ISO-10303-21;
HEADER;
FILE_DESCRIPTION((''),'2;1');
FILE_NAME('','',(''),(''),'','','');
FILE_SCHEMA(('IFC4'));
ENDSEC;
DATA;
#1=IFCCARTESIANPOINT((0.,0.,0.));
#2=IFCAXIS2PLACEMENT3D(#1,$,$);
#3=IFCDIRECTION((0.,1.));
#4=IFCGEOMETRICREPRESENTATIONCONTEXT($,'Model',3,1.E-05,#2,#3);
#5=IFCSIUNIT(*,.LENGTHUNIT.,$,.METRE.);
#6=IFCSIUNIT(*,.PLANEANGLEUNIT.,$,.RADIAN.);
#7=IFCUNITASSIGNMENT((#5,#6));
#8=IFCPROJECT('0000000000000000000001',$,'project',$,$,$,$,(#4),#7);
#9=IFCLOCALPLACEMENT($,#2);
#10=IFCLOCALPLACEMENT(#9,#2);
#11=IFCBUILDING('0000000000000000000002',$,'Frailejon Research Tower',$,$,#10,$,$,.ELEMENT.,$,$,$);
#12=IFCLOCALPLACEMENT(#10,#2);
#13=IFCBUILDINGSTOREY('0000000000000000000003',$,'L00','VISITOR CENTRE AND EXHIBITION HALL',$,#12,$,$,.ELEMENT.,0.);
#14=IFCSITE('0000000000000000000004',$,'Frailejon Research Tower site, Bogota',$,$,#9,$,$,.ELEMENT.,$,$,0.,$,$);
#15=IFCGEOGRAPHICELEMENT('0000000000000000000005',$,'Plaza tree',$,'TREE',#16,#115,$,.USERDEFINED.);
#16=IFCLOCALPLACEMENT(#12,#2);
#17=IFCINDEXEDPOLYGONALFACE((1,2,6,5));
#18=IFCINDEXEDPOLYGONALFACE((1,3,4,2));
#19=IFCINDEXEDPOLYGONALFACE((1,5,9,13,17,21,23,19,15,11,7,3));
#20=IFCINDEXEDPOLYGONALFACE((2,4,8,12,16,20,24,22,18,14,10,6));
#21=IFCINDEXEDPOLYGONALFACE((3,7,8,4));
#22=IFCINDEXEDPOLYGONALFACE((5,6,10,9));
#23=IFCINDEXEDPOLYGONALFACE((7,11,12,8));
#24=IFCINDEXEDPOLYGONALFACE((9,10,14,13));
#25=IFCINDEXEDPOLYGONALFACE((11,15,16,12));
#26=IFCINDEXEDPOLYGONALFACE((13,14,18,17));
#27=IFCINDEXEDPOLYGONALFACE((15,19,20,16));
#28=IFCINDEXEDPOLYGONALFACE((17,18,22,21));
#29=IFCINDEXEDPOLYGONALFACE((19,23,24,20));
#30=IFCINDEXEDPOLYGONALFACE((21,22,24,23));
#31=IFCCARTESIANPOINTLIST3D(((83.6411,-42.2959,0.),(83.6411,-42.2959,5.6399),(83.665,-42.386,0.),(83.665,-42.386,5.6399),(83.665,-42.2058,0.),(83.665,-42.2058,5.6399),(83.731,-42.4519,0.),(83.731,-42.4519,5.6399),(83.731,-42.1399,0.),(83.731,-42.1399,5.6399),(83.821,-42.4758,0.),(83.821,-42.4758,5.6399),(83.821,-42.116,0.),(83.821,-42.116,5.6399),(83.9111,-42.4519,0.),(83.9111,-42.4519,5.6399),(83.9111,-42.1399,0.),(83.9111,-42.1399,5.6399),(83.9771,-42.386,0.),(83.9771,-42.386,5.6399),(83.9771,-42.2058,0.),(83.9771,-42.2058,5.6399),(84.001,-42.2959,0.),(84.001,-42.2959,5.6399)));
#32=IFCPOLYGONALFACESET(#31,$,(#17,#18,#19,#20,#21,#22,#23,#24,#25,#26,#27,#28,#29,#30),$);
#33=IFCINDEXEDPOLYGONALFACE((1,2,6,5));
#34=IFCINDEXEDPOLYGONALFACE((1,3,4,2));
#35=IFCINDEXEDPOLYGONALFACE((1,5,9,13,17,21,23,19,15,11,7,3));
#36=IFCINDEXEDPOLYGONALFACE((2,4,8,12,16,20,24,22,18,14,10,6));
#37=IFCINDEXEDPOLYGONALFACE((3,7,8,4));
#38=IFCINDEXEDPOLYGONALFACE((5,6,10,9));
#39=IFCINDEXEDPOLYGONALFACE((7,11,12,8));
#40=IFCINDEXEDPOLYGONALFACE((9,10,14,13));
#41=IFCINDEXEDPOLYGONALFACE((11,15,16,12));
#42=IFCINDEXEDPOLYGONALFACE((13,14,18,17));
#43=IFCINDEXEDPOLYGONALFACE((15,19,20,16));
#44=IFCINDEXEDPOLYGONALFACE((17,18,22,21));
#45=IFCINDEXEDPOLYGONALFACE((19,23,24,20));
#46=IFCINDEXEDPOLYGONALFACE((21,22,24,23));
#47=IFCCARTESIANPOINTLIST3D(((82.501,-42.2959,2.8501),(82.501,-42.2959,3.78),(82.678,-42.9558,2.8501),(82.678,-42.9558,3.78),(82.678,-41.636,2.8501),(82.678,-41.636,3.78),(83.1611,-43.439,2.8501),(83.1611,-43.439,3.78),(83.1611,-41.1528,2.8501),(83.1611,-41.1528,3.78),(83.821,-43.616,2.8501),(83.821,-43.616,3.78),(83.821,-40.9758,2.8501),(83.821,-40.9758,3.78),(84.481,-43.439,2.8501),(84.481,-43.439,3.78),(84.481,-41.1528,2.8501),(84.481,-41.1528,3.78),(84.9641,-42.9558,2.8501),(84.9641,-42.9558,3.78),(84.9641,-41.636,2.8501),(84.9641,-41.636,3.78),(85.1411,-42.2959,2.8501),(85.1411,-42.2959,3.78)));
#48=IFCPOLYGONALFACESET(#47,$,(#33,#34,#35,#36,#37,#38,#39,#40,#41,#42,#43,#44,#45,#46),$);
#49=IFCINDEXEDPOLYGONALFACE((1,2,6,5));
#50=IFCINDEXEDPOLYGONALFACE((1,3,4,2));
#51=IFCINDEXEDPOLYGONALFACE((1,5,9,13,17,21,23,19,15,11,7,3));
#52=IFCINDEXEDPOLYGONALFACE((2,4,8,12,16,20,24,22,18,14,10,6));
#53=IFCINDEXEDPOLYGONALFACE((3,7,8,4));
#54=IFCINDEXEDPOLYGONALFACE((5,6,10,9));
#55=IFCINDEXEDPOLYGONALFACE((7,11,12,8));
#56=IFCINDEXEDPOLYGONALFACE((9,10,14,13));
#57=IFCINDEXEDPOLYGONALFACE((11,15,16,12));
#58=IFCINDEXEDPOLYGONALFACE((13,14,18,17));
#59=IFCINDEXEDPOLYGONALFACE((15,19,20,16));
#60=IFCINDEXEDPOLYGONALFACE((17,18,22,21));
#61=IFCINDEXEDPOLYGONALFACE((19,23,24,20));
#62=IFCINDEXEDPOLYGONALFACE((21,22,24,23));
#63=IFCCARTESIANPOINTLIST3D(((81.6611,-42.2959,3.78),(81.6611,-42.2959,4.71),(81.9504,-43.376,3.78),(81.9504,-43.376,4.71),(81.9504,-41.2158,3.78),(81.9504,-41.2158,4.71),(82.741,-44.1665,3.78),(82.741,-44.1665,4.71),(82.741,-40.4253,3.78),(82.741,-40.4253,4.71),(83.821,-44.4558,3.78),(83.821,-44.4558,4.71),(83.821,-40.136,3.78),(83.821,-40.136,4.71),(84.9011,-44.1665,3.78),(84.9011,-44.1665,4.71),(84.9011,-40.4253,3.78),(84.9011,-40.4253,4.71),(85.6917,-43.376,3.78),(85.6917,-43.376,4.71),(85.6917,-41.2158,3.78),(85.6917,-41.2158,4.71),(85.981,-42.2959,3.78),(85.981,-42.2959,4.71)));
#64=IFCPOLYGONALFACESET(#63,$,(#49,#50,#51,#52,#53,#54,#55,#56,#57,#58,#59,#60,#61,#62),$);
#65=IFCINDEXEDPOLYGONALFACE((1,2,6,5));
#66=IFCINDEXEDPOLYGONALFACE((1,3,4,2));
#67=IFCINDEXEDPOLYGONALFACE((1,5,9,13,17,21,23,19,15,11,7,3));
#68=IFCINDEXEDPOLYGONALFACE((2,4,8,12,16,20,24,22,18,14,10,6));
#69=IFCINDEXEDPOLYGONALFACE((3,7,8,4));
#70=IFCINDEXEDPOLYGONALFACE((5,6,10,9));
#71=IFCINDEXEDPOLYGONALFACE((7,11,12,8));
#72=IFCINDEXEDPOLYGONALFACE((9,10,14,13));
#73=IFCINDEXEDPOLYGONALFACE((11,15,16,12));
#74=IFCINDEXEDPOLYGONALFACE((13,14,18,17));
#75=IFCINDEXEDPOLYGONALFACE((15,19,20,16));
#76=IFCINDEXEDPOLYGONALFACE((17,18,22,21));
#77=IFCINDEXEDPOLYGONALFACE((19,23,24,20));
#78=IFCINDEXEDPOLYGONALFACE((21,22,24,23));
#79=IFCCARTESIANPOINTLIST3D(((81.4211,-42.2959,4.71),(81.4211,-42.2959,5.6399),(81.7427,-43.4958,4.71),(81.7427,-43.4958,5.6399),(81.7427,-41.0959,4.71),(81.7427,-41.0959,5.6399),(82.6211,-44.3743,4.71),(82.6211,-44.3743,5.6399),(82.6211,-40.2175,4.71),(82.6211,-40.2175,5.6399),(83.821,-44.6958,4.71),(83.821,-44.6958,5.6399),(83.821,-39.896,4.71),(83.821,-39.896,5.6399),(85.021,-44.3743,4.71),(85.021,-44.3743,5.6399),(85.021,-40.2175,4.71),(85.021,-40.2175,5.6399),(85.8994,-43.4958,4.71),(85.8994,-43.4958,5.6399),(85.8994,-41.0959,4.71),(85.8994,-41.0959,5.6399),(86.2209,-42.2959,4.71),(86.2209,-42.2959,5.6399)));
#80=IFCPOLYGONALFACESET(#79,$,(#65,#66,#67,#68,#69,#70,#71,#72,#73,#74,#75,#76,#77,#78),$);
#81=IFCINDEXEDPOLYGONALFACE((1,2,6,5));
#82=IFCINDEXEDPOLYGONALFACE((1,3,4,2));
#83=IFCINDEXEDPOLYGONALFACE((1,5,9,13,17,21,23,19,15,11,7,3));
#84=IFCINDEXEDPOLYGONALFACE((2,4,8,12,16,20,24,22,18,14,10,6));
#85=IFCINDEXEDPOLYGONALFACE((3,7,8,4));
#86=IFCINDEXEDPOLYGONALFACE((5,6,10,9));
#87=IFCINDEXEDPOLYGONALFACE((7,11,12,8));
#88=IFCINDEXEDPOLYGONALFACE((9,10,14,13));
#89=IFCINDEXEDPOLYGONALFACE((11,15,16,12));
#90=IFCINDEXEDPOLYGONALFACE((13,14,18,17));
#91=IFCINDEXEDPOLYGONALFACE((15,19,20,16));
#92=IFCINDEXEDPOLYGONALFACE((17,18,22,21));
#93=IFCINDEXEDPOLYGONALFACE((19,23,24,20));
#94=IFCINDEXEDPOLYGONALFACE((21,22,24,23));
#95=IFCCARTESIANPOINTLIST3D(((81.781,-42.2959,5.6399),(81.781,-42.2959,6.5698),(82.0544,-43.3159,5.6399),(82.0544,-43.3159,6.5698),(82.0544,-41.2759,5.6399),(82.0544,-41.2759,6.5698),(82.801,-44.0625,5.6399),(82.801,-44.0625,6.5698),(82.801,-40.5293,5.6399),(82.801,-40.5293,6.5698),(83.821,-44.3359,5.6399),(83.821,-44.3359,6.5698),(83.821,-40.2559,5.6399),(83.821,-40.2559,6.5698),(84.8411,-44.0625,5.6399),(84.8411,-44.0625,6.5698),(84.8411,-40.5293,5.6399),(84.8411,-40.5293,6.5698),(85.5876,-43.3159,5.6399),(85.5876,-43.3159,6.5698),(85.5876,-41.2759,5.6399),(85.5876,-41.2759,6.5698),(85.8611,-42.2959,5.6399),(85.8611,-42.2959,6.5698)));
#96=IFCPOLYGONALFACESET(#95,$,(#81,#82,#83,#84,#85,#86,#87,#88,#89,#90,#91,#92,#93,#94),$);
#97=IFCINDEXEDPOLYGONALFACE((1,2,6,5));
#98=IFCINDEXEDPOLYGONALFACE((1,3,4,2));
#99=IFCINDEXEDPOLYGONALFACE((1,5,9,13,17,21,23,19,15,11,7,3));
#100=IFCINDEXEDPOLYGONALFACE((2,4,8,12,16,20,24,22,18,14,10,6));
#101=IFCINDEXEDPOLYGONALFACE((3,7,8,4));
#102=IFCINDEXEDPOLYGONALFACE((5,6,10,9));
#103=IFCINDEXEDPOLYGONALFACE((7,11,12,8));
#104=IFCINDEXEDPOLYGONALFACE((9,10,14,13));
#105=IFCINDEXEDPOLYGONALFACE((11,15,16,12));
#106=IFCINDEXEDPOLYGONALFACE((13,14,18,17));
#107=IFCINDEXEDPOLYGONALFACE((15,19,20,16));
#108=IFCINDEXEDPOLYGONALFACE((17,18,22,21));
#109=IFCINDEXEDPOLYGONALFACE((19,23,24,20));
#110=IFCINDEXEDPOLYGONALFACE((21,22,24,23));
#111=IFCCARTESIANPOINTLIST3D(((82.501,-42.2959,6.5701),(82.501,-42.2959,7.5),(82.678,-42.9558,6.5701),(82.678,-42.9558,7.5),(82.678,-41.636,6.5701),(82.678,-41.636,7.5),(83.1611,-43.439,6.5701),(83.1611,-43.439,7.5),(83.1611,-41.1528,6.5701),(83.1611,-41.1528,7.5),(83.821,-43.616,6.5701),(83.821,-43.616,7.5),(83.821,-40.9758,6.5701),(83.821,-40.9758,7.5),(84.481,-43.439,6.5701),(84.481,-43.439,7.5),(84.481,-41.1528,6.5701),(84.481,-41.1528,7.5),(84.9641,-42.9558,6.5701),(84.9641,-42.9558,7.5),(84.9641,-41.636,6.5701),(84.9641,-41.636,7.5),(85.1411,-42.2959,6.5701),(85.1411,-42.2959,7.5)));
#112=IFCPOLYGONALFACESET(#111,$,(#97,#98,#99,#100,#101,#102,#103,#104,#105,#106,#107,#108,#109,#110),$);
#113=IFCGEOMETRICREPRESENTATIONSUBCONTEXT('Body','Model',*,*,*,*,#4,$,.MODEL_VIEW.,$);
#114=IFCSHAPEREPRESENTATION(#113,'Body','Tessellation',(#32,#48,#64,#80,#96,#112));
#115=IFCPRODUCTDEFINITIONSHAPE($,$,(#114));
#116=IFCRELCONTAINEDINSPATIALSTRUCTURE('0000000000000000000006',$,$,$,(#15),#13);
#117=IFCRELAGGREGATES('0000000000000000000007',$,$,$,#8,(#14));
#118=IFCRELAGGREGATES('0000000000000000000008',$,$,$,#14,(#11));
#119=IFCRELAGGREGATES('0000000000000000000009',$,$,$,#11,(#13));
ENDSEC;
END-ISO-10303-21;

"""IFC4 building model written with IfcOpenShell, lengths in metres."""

from ifc_helpers import new_model, si_unit, direction, frame, origin, place, context, subcontext, project, spatial, polyline, outline, extrude, element, save


model = new_model("IFC4")

# Units and contexts
model_context = context("Model", 3, precision=1e-05, world=origin(), true_north=direction((0.0, 1.0)))
body_context = subcontext(model_context, "Body", "Model", "MODEL_VIEW")
ifc_project = project(units=[si_unit("LENGTHUNIT", "METRE"), si_unit("PLANEANGLEUNIT", "RADIAN")], contexts=[model_context])

# Site, building, storey
site_placement = place(None, origin())
site = spatial("IfcSite", under=ifc_project, at=site_placement, Name="Frailejon Research Tower site, Bogota", CompositionType="ELEMENT", RefElevation=0.0)
building_placement = place(site_placement, origin())
building = spatial("IfcBuilding", under=site, at=building_placement, Name="Frailejon Research Tower", CompositionType="ELEMENT")
storey_placement = place(building_placement, origin())
storey = spatial("IfcBuildingStorey", under=building, at=storey_placement, Name="L00", Description="VISITOR CENTRE AND EXHIBITION HALL", CompositionType="ELEMENT", Elevation=0.0)

# Geographic element
geographic_element_1_placement = place(storey_placement, frame((83.821, -42.2959, 0.0)))
element("IfcGeographicElement", 1, at=geographic_element_1_placement, inside=storey, Name="Plaza tree", ObjectType="TREE", PredefinedType="USERDEFINED", context=body_context, shape_type="SweptSolid", body=[
    extrude(outline(polyline([(0.1799, 0.0), (0.156, 0.0901), (0.0901, 0.156), (0.0, 0.1799), (-0.0901, 0.156), (-0.156, 0.0901), (-0.1799, 0.0), (-0.156, -0.0901), (-0.0901, -0.156), (0.0, -0.1799), (0.0901, -0.156), (0.156, -0.0901), (0.1799, 0.0)])), origin(), (0.0, 0.0, 1.0), 5.6399),
    extrude(outline(polyline([(1.3201, 0.0), (1.1431, 0.6599), (0.6599, 1.1431), (0.0, 1.3201), (-0.6599, 1.1431), (-1.1431, 0.6599), (-1.3201, 0.0), (-1.1431, -0.6599), (-0.6599, -1.1431), (0.0, -1.3201), (0.6599, -1.1431), (1.1431, -0.6599), (1.3201, 0.0)])), frame((0.0, 0.0, 2.8501)), (0.0, 0.0, 1.0), 0.9299),
    extrude(outline(polyline([(2.1599, 0.0), (1.8706, 1.0801), (1.0801, 1.8706), (0.0, 2.1599), (-1.0801, 1.8706), (-1.8706, 1.0801), (-2.1599, 0.0), (-1.8706, -1.0801), (-1.0801, -1.8706), (0.0, -2.1599), (1.0801, -1.8706), (1.8706, -1.0801), (2.1599, 0.0)])), frame((0.0, 0.0, 3.78)), (0.0, 0.0, 1.0), 0.9299),
    extrude(outline(polyline([(2.3999, 0.0), (2.0784, 1.2), (1.2, 2.0784), (0.0, 2.3999), (-1.2, 2.0784), (-2.0784, 1.2), (-2.3999, 0.0), (-2.0784, -1.2), (-1.2, -2.0784), (0.0, -2.3999), (1.2, -2.0784), (2.0784, -1.2), (2.3999, 0.0)])), frame((0.0, 0.0, 4.71)), (0.0, 0.0, 1.0), 0.9299),
    extrude(outline(polyline([(2.04, 0.0), (1.7666, 1.02), (1.02, 1.7666), (0.0, 2.04), (-1.02, 1.7666), (-1.7666, 1.02), (-2.04, 0.0), (-1.7666, -1.02), (-1.02, -1.7666), (0.0, -2.04), (1.02, -1.7666), (1.7666, -1.02), (2.04, 0.0)])), frame((0.0, 0.0, 5.6399)), (0.0, 0.0, 1.0), 0.9299),
    extrude(outline(polyline([(1.3201, 0.0), (1.1431, 0.6599), (0.6599, 1.1431), (0.0, 1.3201), (-0.6599, 1.1431), (-1.1431, 0.6599), (-1.3201, 0.0), (-1.1431, -0.6599), (-0.6599, -1.1431), (0.0, -1.3201), (0.6599, -1.1431), (1.1431, -0.6599), (1.3201, 0.0)])), frame((0.0, 0.0, 6.5701)), (0.0, 0.0, 1.0), 0.9299),
])

save(model, "model.ifc")
